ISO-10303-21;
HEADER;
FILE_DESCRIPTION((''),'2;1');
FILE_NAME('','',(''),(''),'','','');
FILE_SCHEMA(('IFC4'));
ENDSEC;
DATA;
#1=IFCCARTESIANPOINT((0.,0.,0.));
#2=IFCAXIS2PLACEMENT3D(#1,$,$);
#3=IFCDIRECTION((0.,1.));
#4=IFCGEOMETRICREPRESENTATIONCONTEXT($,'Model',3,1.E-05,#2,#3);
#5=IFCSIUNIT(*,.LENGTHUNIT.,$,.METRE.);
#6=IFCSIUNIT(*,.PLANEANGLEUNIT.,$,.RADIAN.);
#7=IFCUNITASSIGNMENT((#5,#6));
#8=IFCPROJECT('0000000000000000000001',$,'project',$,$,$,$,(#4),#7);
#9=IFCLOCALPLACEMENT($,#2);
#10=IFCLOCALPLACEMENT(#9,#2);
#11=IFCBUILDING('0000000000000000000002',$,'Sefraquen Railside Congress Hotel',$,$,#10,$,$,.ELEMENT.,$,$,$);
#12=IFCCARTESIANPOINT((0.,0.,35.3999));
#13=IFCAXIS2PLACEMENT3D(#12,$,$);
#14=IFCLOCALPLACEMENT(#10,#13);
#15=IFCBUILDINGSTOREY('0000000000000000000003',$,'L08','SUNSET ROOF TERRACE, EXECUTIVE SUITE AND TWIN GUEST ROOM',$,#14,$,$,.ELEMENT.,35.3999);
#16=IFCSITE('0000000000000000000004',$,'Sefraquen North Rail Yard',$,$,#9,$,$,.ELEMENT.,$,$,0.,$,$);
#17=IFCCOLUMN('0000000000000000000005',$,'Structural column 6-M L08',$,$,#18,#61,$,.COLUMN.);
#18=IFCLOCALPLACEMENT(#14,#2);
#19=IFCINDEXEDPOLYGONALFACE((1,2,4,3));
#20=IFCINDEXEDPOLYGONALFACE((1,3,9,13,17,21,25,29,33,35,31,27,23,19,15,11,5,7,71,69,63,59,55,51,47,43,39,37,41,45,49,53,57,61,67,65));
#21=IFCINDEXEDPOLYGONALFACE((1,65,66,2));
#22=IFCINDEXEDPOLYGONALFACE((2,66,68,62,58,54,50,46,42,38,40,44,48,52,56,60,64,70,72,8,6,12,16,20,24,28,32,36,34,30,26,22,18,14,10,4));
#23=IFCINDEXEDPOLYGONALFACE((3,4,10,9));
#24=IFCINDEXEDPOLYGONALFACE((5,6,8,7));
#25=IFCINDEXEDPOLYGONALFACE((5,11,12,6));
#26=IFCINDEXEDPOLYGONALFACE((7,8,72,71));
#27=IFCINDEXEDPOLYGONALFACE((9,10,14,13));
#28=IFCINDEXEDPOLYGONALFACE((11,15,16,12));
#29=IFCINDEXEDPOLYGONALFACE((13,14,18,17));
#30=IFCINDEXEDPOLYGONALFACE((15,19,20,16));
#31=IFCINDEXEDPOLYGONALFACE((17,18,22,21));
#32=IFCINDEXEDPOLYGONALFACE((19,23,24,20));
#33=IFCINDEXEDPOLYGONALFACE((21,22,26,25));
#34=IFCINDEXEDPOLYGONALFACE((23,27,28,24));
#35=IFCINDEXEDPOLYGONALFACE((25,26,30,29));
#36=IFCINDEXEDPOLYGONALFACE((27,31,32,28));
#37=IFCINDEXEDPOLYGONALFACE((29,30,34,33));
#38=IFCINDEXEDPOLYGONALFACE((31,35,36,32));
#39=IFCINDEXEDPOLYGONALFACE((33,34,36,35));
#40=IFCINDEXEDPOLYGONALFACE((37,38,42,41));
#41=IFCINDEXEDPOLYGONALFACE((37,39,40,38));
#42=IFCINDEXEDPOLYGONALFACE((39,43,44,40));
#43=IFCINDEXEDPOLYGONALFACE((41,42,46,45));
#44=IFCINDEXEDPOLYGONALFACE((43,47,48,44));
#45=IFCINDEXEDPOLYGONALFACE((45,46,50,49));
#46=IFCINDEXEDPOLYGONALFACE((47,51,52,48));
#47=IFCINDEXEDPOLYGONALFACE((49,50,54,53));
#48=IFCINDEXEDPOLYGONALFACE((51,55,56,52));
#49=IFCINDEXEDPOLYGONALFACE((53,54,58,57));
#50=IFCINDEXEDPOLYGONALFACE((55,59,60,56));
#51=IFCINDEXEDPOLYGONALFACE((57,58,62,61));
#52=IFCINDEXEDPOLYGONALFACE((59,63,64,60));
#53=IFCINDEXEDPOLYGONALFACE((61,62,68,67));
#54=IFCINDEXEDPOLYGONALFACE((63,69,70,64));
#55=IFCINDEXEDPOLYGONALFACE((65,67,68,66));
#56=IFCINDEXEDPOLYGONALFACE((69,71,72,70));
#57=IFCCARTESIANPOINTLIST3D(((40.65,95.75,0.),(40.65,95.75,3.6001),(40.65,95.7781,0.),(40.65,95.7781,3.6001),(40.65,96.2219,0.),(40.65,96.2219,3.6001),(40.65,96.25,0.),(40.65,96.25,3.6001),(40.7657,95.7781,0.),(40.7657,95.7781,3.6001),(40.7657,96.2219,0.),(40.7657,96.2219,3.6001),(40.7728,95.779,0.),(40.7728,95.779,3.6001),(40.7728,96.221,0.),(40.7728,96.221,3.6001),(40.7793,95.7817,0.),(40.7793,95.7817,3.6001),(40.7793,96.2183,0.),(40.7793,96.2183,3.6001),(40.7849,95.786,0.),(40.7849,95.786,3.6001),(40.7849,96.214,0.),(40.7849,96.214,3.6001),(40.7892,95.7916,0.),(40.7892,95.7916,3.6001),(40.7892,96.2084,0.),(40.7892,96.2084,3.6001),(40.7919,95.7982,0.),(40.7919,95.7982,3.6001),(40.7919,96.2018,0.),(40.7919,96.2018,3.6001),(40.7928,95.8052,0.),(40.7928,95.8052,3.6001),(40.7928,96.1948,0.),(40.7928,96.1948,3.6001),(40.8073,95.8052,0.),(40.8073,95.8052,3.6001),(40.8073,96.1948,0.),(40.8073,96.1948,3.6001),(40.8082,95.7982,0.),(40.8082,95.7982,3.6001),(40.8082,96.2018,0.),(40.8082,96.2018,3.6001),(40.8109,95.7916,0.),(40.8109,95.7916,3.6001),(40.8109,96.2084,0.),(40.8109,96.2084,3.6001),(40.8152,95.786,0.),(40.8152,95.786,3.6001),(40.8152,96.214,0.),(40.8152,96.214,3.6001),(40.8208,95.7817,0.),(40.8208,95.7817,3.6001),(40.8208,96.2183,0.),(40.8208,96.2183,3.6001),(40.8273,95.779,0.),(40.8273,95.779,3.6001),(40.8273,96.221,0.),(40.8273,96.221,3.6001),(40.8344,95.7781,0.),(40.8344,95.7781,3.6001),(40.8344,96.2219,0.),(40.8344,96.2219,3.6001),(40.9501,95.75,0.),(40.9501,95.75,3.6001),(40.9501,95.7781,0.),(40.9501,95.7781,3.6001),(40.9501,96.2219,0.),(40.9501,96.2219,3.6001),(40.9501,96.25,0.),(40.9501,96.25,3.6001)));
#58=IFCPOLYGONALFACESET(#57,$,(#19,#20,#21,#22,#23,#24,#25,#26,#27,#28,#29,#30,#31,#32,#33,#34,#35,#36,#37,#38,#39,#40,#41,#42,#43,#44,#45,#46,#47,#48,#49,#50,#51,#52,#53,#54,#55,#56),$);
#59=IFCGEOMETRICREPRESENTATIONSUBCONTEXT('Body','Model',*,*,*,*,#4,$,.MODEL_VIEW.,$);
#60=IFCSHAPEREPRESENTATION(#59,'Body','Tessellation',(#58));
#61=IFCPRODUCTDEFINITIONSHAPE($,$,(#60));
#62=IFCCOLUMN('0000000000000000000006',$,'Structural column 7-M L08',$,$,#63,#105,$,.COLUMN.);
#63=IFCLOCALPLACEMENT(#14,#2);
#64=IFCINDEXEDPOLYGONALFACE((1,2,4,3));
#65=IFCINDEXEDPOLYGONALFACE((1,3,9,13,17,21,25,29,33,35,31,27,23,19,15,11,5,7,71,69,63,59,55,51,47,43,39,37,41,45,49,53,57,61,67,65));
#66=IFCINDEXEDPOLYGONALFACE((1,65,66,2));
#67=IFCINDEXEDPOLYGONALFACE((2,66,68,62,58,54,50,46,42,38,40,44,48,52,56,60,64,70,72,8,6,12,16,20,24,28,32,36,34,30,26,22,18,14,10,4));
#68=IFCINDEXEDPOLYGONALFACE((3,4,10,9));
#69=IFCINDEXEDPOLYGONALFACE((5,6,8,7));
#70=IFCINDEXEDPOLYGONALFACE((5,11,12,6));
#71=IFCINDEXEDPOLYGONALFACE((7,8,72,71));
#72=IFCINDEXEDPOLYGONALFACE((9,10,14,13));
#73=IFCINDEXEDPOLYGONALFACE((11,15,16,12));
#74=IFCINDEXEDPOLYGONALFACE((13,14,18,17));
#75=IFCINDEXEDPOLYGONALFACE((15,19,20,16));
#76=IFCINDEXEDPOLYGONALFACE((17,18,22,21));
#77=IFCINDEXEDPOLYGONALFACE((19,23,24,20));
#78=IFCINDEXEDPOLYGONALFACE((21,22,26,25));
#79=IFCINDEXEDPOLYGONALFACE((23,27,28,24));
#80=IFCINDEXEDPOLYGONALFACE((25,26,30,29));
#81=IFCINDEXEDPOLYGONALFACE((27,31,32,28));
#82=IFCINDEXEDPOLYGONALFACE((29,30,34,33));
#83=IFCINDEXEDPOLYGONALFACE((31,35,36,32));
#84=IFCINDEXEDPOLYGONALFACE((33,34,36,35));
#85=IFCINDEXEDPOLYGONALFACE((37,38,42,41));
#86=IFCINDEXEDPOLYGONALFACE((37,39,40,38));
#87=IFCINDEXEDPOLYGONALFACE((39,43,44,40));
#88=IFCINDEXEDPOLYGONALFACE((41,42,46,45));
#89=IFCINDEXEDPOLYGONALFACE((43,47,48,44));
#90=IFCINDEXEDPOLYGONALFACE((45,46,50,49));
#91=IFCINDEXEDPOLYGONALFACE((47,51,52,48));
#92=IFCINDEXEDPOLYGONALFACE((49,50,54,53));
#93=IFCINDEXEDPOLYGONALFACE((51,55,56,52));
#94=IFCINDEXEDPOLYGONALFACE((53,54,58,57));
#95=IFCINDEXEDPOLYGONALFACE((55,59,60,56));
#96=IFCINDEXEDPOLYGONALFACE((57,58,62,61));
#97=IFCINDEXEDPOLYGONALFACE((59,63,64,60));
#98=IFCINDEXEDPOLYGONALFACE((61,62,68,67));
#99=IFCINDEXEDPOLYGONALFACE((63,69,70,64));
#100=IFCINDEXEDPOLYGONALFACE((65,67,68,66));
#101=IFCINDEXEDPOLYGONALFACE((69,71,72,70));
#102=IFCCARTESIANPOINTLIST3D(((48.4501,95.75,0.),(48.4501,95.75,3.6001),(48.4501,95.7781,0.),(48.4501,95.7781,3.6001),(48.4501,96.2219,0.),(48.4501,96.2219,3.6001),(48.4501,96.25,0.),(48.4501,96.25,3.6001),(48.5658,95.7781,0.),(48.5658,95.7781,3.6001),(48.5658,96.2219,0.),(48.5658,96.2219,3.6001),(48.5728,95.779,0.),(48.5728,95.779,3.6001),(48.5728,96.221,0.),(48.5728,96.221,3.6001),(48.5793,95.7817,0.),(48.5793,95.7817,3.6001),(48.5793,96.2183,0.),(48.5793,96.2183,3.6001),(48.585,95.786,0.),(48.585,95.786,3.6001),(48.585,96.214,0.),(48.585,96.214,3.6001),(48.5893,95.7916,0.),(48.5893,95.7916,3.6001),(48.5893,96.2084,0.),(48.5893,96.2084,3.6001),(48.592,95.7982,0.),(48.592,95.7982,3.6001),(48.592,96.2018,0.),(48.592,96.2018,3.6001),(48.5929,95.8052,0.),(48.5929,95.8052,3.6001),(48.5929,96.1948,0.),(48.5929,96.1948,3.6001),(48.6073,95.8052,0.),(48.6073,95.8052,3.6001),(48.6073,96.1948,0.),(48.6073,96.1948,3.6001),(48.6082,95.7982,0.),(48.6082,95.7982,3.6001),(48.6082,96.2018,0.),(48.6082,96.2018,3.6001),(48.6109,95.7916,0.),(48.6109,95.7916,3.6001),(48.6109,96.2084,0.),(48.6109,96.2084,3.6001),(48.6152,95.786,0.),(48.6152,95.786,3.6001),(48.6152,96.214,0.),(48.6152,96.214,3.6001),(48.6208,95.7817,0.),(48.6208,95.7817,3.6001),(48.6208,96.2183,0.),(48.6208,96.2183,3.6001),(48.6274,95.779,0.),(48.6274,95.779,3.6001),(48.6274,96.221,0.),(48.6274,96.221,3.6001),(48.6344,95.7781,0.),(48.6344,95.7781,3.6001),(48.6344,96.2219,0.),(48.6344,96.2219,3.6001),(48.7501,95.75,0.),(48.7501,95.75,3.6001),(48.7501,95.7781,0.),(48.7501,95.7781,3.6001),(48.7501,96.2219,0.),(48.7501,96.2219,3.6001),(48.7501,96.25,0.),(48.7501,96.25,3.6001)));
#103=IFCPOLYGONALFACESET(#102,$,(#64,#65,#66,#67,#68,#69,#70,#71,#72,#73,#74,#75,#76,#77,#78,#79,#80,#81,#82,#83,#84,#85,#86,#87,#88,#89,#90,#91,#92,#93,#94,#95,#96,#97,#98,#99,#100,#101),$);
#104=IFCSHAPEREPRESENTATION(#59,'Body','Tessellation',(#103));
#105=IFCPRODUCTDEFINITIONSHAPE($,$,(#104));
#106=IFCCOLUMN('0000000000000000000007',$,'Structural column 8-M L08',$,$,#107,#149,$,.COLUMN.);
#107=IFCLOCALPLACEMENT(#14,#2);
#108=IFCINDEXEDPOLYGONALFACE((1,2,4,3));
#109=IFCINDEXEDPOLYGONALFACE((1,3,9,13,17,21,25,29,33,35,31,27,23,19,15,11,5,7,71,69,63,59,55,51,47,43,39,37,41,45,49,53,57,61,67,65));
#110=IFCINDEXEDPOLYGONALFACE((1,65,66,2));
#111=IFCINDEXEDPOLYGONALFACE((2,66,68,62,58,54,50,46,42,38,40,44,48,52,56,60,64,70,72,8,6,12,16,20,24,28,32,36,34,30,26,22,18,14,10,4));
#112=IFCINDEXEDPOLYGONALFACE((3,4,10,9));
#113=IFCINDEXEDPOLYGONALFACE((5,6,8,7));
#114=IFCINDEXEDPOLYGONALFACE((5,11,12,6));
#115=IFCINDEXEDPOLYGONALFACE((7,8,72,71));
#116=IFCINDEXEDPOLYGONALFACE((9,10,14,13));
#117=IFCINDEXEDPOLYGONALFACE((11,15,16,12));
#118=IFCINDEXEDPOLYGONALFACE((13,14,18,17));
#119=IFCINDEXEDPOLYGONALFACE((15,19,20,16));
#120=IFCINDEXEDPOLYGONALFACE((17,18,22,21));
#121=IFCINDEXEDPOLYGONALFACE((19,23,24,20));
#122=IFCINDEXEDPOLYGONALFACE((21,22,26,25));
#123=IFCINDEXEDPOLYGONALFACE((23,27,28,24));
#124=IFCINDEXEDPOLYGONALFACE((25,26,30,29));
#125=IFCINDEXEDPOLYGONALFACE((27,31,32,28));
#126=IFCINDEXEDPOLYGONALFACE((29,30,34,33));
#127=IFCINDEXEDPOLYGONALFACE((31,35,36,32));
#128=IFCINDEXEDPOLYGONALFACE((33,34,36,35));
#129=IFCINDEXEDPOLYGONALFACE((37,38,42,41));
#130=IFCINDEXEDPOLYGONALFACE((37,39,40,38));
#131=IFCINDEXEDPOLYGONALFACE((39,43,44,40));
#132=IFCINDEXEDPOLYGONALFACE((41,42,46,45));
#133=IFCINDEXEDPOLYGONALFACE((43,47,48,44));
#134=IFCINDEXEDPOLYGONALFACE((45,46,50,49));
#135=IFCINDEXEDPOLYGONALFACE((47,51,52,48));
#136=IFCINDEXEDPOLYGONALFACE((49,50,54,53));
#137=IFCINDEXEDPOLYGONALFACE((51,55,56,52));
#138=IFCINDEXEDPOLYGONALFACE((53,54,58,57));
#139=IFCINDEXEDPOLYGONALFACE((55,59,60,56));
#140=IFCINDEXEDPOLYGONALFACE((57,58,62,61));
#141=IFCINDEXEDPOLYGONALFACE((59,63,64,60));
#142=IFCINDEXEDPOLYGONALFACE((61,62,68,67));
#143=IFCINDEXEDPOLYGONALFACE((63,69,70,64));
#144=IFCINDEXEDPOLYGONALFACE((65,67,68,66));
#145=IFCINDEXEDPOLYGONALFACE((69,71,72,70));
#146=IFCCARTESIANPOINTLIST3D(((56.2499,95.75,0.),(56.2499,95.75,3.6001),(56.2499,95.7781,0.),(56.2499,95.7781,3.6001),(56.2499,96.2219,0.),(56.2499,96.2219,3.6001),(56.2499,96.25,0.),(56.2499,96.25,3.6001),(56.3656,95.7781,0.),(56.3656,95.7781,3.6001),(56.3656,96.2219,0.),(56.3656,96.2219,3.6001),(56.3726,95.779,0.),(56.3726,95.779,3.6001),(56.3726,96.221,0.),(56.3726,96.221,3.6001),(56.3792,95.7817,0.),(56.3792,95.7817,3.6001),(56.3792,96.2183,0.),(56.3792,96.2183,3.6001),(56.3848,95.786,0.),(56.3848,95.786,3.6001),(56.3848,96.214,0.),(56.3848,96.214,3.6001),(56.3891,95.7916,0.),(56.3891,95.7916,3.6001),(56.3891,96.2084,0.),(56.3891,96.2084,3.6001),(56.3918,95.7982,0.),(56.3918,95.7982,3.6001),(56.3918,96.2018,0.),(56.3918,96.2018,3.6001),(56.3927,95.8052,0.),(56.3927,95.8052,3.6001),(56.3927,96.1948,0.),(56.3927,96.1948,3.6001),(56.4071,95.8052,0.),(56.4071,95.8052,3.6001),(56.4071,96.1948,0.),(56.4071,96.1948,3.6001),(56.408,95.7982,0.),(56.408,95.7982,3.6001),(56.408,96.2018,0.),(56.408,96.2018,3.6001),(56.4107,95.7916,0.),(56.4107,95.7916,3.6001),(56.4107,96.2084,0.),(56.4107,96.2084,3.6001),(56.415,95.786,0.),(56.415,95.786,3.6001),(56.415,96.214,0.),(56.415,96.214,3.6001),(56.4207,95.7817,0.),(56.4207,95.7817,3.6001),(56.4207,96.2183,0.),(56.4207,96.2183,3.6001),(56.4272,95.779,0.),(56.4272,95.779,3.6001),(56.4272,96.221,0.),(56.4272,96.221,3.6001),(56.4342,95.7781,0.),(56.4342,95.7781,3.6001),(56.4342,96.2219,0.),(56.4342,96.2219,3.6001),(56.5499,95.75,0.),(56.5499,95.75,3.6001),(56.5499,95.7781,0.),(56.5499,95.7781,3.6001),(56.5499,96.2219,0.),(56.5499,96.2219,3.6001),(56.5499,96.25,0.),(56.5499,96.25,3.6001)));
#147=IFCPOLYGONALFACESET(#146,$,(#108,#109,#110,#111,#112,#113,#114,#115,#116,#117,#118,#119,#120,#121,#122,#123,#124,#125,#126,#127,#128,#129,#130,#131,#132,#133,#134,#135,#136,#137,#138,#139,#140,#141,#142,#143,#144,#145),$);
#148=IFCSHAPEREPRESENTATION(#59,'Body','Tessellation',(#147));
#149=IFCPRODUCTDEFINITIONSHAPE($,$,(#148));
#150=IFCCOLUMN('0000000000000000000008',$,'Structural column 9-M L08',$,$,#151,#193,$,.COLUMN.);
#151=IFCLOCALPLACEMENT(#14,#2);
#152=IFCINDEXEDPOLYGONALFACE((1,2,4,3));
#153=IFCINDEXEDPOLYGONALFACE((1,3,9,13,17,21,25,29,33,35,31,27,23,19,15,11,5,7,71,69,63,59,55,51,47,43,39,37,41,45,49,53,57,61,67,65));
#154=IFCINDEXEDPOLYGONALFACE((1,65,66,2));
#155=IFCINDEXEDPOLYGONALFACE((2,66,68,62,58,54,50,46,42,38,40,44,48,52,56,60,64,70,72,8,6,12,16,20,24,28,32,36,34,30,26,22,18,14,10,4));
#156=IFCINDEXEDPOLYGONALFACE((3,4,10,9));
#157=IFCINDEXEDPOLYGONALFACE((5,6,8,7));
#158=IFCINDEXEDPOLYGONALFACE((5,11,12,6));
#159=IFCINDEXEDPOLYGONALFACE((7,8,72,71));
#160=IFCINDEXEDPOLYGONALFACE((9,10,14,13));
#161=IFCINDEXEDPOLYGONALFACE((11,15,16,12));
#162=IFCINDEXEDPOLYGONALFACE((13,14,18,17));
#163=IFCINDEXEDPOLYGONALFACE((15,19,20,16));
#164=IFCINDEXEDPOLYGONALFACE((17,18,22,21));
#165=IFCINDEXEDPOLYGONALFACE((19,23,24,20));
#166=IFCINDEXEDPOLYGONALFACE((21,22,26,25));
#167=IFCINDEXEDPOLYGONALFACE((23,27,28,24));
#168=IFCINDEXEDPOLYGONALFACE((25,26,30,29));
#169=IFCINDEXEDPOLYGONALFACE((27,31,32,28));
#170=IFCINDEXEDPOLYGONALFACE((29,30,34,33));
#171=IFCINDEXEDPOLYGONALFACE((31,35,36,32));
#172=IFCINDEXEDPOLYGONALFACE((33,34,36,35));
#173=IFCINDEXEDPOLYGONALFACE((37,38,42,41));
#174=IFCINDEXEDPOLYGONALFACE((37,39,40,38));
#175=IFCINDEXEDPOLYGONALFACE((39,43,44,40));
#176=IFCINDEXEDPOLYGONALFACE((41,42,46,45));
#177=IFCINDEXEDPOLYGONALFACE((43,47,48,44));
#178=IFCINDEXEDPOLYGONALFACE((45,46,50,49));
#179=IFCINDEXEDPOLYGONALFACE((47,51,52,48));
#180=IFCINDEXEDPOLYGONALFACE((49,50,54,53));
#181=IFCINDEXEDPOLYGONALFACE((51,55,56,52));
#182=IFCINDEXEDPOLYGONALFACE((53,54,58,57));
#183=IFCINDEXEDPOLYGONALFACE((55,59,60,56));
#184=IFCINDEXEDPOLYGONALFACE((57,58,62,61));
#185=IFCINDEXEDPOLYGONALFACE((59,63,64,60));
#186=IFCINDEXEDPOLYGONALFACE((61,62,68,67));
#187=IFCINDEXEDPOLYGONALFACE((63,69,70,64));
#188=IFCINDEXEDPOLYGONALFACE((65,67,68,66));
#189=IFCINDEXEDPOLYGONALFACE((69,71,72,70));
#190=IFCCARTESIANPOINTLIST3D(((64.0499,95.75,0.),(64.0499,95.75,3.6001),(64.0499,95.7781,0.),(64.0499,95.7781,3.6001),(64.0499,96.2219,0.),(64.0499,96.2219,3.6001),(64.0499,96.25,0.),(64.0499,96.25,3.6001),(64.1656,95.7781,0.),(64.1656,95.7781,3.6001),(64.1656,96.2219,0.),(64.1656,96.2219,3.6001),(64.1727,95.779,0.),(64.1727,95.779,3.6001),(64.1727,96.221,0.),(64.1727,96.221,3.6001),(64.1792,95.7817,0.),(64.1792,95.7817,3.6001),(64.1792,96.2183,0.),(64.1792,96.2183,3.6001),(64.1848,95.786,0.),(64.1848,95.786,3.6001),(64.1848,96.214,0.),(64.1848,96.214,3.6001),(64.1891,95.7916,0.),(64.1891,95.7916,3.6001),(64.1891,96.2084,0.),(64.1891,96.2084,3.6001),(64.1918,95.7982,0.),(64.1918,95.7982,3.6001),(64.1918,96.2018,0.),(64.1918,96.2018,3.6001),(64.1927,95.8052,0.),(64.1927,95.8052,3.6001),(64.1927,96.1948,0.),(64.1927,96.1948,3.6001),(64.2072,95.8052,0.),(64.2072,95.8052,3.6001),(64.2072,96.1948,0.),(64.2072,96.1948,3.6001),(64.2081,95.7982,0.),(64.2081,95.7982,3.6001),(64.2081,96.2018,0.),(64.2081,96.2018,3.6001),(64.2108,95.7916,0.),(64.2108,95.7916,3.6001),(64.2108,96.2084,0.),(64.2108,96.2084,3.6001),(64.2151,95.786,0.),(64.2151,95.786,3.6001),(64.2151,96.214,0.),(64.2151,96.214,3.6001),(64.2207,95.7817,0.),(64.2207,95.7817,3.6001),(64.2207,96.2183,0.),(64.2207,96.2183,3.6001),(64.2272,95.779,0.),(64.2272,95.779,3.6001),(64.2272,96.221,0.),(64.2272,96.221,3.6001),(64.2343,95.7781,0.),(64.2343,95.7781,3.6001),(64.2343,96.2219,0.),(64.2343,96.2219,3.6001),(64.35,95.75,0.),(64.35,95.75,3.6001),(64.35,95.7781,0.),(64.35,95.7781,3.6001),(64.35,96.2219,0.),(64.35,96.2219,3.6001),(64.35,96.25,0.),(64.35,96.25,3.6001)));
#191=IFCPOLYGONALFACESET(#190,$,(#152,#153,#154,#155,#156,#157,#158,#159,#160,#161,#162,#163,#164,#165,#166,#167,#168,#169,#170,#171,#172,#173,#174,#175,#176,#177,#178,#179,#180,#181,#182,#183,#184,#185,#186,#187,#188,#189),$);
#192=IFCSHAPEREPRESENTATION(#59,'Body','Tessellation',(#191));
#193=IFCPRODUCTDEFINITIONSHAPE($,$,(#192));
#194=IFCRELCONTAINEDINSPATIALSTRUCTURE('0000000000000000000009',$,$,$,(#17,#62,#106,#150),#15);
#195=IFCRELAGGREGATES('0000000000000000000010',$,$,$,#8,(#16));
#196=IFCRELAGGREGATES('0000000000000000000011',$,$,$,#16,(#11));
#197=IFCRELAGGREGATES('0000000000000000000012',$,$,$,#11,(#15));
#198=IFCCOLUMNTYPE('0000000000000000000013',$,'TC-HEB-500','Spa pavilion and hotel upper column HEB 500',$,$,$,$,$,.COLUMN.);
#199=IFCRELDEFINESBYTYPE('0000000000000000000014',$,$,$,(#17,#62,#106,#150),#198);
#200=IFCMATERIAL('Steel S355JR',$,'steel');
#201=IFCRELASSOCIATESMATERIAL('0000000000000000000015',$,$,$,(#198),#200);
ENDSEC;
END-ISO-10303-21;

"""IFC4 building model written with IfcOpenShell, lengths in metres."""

from ifc_helpers import new_model, si_unit, direction, frame, origin, origin_2d, place, context, subcontext, project, spatial, i_section, extrude, material, material_profile, profile_set, type_object, element, save


model = new_model("IFC4")

# Units and contexts
model_context = context("Model", 3, precision=1e-05, world=origin(), true_north=direction((0.0, 1.0)))
body_context = subcontext(model_context, "Body", "Model", "MODEL_VIEW")
ifc_project = project(units=[si_unit("LENGTHUNIT", "METRE"), si_unit("PLANEANGLEUNIT", "RADIAN")], contexts=[model_context])

# Site, building, storey
site_placement = place(None, origin())
site = spatial("IfcSite", under=ifc_project, at=site_placement, Name="Sefraquen North Rail Yard", CompositionType="ELEMENT", RefElevation=0.0)
building_placement = place(site_placement, origin())
building = spatial("IfcBuilding", under=site, at=building_placement, Name="Sefraquen Railside Congress Hotel", CompositionType="ELEMENT")
storey_placement = place(building_placement, frame((0.0, 0.0, 35.3999)))
storey = spatial("IfcBuildingStorey", under=building, at=storey_placement, Name="L08", Description="SUNSET ROOF TERRACE, EXECUTIVE SUITE AND TWIN GUEST ROOM", CompositionType="ELEMENT", Elevation=35.3999)

# Columns
ifc_material_1 = material(Name="Steel S355JR", Category="steel")
ifc_material_profile_1 = material_profile(ifc_material_1, i_section(OverallWidth=0.3, OverallDepth=0.5, WebThickness=0.0144, FlangeThickness=0.0281, FilletRadius=0.0271, at=origin_2d()), Name="HEB 500")
ifc_profile_set_1 = profile_set([ifc_material_profile_1], Name="Steel S355JR")
column_type = type_object("IfcColumnType", Name="TC-HEB-500", Description="Spa pavilion and hotel upper column HEB 500", PredefinedType="COLUMN", material=ifc_profile_set_1)
for number, where, z_axis, x_axis, name in (
    (1, (40.8, 96.0, 0.0), (0.0, 0.0, 1.0), (1.0, 0.0, 0.0), "Structural column 6-M L08"),
    (2, (48.6001, 96.0, 0.0), (0.0, 0.0, 1.0), (1.0, 0.0, 0.0), "Structural column 7-M L08"),
    (3, (56.3999, 96.0, 0.0), (0.0, 0.0, 1.0), (1.0, 0.0, 0.0), "Structural column 8-M L08"),
    (4, (64.2, 96.0, 0.0), (0.0, 0.0, 1.0), (1.0, 0.0, 0.0), "Structural column 9-M L08"),
):
    element("IfcColumn", number, at=place(storey_placement, frame(where, z_axis=z_axis, x_axis=x_axis)), inside=storey, type_object=column_type, Name=name, PredefinedType="COLUMN", context=body_context, shape_type="SweptSolid", body=[
        extrude(i_section(OverallWidth=0.3, OverallDepth=0.5, WebThickness=0.0144, FlangeThickness=0.0281, FilletRadius=0.0271, at=origin_2d()), origin(), (0.0, 0.0, 1.0), 3.6001),
    ])

save(model, "model.ifc")
